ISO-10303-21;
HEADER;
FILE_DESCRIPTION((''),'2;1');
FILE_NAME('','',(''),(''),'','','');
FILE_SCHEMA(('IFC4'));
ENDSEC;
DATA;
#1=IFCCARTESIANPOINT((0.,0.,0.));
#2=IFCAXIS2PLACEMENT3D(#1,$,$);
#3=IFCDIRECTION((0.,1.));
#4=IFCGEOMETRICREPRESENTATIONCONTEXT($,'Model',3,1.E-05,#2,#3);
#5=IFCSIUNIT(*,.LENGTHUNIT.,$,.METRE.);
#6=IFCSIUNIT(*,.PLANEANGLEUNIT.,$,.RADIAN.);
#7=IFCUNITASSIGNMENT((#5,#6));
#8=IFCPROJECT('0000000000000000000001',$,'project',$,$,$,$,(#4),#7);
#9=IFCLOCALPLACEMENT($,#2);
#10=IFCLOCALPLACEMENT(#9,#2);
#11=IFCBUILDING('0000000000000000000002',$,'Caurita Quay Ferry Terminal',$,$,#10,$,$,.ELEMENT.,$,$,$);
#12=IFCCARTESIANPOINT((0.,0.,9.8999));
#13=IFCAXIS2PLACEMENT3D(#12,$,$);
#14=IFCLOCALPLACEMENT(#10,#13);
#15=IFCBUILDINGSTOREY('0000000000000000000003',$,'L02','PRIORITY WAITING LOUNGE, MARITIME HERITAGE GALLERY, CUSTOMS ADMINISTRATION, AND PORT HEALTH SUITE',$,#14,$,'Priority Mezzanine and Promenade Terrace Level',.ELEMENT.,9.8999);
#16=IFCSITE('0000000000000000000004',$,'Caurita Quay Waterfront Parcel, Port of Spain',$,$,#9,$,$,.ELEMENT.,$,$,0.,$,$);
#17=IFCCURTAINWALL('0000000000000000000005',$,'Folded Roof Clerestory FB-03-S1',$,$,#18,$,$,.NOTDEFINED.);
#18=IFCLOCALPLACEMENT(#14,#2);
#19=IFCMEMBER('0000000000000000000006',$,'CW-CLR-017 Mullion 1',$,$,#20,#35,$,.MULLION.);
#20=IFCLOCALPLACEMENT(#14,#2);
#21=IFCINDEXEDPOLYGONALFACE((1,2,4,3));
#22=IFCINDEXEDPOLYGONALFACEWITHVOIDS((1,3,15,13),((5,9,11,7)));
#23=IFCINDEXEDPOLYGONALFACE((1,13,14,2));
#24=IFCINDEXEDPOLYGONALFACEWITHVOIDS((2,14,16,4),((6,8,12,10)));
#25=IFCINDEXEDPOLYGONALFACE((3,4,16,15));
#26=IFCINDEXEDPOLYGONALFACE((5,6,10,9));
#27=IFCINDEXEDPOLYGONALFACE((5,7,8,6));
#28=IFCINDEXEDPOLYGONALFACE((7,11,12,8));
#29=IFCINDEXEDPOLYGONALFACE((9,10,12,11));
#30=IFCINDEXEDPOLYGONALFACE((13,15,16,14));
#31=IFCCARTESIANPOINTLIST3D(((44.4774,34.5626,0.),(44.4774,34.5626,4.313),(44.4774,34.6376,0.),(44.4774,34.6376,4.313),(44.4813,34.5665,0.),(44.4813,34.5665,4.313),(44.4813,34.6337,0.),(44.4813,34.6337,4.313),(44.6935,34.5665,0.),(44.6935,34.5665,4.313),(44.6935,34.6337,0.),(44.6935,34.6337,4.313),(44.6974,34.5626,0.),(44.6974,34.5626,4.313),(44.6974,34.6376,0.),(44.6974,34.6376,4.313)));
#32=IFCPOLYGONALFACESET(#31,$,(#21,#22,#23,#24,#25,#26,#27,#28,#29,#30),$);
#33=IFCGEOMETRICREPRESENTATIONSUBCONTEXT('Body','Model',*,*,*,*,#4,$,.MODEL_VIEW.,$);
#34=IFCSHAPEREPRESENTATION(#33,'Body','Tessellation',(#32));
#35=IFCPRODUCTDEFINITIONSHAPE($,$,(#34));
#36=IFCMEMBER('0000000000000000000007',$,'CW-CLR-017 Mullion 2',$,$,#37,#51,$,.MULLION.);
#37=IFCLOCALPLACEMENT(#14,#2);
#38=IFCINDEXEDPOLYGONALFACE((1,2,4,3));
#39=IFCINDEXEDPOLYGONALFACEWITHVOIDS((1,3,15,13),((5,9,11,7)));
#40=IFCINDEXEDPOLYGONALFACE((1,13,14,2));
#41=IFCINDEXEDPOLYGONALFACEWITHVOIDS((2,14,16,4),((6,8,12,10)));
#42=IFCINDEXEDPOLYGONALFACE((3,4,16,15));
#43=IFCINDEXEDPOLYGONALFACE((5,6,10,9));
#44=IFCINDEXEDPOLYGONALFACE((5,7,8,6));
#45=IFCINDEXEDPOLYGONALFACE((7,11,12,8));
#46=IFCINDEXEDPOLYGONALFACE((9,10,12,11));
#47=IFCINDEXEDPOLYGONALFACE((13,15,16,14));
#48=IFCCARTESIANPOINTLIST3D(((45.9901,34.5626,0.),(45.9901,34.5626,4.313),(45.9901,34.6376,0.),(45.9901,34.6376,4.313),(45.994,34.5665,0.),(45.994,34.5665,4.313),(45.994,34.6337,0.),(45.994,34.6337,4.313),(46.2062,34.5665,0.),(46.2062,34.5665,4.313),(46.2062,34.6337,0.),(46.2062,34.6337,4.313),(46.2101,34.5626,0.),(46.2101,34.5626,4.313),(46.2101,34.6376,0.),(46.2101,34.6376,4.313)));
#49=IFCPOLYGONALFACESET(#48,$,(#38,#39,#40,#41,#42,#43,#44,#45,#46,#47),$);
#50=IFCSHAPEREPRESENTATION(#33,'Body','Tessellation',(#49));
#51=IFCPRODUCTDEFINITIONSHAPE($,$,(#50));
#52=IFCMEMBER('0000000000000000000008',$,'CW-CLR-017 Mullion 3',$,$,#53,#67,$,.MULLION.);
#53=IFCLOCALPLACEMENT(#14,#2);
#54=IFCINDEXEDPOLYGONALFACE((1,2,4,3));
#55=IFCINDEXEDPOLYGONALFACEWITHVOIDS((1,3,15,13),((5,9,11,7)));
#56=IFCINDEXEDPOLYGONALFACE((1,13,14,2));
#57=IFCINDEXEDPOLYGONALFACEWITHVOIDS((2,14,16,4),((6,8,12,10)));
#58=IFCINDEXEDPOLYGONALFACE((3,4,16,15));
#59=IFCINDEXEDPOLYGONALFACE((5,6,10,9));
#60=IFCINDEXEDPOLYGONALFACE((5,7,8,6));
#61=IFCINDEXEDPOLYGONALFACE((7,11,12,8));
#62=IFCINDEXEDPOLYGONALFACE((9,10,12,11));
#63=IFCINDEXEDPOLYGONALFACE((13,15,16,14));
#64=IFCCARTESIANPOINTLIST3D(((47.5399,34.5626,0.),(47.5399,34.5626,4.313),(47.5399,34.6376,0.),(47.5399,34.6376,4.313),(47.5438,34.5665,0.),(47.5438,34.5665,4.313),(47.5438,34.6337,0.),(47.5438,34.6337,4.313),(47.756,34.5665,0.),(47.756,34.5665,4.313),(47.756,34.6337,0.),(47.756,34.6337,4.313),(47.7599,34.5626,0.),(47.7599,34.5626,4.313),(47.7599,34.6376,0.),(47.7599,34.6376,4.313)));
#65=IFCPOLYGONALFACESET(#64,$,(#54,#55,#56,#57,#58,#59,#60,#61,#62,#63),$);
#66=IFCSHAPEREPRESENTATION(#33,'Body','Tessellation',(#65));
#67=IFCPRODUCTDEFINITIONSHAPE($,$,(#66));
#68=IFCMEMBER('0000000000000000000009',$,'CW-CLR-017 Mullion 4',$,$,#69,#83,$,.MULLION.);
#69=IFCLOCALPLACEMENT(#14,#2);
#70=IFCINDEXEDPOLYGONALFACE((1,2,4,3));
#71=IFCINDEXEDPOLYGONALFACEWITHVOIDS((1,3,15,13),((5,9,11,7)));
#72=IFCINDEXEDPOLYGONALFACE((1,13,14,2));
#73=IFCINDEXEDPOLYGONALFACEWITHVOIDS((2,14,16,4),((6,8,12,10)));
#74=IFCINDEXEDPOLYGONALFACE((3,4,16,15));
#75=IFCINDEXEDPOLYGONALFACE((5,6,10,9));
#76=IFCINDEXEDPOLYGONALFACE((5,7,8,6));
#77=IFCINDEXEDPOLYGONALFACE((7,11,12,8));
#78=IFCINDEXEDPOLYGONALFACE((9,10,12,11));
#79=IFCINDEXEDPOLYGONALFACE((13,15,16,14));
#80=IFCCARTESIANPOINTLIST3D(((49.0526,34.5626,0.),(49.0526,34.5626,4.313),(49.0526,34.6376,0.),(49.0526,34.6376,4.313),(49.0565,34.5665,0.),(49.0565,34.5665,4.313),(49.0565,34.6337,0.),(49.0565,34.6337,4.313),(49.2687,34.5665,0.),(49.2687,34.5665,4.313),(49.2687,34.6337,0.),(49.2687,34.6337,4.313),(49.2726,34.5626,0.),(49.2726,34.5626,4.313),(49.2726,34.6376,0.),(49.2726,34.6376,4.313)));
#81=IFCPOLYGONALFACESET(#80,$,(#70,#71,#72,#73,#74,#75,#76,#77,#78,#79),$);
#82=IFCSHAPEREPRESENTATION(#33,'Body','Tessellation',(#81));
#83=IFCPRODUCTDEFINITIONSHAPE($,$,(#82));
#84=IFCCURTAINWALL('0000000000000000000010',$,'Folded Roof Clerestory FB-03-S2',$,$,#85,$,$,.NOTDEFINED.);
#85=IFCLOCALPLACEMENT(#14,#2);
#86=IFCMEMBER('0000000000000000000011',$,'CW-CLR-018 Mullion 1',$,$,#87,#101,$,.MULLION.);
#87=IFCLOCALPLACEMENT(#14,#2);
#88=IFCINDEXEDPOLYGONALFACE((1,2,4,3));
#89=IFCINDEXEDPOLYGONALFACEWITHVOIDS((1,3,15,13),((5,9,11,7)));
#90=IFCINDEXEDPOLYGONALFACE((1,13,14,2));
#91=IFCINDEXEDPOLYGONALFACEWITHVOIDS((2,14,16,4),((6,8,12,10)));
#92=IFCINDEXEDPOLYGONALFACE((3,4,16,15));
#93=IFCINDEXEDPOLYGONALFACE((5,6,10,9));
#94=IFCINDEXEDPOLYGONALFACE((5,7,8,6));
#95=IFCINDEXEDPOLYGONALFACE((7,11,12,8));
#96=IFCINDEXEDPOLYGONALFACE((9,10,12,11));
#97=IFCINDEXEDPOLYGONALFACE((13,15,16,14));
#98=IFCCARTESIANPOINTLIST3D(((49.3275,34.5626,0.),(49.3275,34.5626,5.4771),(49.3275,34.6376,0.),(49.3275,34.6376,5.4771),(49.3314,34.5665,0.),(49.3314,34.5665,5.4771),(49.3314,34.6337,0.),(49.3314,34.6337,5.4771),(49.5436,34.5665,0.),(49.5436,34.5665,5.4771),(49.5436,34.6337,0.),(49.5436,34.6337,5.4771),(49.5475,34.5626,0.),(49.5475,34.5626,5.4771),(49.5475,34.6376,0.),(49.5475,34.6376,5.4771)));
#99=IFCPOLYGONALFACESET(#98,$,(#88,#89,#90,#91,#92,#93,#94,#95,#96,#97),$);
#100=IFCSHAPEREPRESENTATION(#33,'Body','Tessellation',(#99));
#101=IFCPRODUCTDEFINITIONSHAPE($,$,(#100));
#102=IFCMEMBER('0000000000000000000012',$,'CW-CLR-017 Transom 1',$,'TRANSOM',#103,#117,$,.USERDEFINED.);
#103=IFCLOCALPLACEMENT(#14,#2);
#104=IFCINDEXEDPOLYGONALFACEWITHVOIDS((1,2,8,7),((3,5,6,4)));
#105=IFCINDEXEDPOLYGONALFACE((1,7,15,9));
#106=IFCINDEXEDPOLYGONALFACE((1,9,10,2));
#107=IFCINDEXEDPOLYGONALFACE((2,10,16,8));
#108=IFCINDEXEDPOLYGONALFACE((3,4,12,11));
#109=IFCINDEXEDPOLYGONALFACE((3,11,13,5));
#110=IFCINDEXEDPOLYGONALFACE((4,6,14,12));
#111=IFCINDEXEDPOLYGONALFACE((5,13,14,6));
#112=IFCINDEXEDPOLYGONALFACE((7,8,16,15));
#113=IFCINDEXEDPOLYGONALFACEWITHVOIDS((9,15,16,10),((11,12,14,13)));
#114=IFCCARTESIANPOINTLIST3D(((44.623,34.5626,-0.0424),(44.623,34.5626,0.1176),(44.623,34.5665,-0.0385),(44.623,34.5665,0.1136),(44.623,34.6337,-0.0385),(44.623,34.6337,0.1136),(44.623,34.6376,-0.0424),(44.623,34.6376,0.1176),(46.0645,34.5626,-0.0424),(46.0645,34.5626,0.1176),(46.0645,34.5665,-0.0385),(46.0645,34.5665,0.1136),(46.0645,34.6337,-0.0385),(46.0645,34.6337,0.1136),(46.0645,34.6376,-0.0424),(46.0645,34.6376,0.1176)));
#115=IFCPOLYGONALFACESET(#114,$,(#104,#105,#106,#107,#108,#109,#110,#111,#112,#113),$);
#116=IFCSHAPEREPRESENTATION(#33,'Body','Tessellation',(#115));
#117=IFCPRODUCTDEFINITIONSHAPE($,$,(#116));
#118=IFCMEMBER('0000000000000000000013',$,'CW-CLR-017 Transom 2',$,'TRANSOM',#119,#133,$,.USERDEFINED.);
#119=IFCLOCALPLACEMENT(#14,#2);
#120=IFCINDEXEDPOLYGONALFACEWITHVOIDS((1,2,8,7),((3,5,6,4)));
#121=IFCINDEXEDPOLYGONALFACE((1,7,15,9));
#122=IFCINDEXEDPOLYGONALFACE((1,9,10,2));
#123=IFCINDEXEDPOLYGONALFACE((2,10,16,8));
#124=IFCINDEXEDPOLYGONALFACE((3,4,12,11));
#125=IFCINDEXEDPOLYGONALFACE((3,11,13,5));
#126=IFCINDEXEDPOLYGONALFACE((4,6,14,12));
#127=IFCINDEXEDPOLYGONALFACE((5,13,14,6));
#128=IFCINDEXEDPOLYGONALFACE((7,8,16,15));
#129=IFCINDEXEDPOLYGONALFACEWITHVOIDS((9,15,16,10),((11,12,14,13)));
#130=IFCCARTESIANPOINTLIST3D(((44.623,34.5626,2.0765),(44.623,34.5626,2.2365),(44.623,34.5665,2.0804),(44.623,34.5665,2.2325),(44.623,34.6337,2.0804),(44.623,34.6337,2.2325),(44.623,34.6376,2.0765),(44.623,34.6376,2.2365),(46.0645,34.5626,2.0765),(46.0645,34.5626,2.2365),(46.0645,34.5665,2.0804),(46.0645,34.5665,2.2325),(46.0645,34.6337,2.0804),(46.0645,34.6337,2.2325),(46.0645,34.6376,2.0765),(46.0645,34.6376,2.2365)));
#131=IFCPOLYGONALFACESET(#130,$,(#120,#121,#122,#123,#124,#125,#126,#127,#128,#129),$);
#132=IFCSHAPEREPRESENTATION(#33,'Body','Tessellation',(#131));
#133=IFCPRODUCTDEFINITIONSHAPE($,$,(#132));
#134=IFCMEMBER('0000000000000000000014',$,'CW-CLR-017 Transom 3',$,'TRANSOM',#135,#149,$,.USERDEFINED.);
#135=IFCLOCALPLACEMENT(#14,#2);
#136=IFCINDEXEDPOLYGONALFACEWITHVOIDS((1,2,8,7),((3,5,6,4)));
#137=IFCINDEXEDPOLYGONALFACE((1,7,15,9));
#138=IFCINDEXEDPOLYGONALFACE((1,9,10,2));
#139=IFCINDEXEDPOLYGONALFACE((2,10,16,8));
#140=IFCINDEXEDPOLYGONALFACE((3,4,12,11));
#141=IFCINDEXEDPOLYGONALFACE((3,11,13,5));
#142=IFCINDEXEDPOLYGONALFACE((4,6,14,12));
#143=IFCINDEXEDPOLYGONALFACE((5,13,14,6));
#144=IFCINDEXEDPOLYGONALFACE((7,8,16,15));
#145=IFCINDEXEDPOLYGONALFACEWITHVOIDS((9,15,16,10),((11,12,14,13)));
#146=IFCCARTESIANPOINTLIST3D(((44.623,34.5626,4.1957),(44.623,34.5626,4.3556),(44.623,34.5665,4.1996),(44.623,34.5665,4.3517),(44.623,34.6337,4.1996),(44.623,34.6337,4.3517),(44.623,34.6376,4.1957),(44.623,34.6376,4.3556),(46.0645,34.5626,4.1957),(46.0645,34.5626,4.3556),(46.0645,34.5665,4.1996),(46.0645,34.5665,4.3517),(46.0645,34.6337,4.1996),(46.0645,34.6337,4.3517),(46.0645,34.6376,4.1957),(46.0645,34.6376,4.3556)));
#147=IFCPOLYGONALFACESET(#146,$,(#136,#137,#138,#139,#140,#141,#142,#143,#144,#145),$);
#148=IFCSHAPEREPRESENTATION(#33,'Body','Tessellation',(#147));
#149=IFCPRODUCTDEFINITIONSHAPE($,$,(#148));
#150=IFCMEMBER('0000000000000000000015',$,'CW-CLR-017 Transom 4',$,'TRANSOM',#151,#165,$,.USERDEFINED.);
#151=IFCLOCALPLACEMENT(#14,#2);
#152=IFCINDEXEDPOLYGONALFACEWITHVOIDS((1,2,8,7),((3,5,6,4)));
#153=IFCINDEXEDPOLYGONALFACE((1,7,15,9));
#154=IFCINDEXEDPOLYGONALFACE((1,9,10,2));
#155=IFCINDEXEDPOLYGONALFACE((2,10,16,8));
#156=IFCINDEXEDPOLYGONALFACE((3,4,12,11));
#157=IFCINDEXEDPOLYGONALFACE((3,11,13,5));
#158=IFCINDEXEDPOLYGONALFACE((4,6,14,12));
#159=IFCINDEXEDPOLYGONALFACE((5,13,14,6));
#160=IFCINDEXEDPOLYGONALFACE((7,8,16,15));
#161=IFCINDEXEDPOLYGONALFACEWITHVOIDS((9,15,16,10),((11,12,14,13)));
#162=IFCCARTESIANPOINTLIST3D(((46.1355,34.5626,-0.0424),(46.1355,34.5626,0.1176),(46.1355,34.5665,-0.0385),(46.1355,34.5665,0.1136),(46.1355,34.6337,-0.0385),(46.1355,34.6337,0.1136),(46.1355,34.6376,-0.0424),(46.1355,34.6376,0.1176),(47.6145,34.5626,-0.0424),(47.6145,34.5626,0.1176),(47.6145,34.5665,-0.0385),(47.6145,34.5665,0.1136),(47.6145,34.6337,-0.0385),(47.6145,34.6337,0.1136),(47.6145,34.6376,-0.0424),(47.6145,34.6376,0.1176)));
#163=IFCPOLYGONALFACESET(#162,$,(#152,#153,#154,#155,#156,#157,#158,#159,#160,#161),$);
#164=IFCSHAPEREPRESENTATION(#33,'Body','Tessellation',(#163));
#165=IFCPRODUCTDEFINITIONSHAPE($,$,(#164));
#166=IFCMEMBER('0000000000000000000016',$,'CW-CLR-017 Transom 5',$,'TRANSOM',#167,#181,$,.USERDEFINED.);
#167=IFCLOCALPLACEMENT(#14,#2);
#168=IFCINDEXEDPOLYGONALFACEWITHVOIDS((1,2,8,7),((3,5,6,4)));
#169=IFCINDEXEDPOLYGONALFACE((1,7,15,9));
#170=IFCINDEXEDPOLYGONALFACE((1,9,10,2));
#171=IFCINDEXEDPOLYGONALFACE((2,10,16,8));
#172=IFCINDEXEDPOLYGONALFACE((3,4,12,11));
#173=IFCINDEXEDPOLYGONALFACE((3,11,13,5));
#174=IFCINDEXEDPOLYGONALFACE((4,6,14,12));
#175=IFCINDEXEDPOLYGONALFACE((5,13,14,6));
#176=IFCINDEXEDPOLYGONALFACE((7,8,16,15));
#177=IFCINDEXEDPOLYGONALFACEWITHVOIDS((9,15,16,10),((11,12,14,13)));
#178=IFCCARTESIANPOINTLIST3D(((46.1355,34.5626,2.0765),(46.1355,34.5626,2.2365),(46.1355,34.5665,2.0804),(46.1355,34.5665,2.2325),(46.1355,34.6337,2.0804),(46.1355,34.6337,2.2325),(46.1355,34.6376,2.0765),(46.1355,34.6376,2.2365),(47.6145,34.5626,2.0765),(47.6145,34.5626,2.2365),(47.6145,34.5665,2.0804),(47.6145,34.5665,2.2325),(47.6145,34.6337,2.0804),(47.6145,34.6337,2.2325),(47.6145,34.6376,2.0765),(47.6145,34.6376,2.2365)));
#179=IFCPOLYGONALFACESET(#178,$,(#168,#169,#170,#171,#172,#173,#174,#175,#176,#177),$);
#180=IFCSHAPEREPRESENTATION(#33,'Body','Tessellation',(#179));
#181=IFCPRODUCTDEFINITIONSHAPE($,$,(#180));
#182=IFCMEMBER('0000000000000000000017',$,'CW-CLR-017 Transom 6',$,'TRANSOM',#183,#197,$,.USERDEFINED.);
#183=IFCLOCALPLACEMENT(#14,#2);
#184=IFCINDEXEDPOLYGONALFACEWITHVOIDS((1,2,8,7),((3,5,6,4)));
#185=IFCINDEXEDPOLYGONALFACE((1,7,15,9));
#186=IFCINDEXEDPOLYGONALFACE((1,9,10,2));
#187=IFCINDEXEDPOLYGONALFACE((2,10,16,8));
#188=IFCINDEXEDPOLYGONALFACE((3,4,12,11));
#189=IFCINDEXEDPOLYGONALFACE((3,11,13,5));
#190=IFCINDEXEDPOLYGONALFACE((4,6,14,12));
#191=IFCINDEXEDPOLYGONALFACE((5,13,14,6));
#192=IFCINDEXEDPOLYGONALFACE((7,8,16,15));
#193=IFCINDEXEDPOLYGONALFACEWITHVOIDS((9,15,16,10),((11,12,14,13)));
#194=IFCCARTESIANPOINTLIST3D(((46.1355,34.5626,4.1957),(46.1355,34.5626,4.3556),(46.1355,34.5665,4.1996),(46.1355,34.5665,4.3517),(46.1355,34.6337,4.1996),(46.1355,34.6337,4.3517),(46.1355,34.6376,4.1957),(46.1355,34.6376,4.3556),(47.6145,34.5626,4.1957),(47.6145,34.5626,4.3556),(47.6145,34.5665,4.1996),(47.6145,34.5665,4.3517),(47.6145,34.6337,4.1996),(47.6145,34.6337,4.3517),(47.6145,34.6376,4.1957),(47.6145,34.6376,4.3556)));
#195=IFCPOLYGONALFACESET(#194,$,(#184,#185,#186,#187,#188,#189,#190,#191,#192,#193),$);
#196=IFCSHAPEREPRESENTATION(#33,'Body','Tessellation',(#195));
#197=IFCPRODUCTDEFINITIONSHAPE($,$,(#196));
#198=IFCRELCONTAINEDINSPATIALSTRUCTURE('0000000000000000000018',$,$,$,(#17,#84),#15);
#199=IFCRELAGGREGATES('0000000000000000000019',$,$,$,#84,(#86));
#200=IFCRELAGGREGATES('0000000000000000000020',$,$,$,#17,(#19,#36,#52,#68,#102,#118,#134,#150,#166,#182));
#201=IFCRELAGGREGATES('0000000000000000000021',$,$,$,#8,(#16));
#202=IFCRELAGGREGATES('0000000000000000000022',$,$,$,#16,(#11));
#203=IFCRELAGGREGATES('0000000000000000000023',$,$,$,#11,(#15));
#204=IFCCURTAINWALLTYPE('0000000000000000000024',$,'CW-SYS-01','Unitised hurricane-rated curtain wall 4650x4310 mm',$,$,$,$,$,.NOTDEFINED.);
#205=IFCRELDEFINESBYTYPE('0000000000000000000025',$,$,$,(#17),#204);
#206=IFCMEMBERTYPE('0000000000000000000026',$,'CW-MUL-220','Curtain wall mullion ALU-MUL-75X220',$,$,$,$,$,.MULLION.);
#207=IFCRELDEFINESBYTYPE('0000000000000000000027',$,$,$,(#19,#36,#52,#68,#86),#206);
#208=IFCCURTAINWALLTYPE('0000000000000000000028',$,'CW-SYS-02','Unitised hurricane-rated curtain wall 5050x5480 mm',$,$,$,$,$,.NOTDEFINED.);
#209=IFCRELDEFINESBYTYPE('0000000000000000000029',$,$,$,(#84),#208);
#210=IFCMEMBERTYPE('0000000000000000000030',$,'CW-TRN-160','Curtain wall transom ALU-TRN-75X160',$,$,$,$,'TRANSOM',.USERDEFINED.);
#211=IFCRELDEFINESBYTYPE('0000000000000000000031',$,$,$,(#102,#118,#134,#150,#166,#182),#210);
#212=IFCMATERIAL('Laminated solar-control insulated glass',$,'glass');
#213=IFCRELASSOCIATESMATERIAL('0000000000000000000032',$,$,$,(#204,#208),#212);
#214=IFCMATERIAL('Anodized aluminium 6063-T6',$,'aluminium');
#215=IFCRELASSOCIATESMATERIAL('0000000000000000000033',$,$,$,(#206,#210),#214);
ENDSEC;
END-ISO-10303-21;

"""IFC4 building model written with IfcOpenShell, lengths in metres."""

from ifc_helpers import new_model, si_unit, direction, frame, origin, origin_2d, place, context, subcontext, project, spatial, hollow_rectangle, extrude, material, material_profile, profile_set, type_object, element, aggregate, save


model = new_model("IFC4")

# Units and contexts
model_context = context("Model", 3, precision=1e-05, world=origin(), true_north=direction((0.0, 1.0)))
body_context = subcontext(model_context, "Body", "Model", "MODEL_VIEW")
ifc_project = project(units=[si_unit("LENGTHUNIT", "METRE"), si_unit("PLANEANGLEUNIT", "RADIAN")], contexts=[model_context])

# Site, building, storey
site_placement = place(None, origin())
site = spatial("IfcSite", under=ifc_project, at=site_placement, Name="Caurita Quay Waterfront Parcel, Port of Spain", CompositionType="ELEMENT", RefElevation=0.0)
building_placement = place(site_placement, origin())
building = spatial("IfcBuilding", under=site, at=building_placement, Name="Caurita Quay Ferry Terminal", CompositionType="ELEMENT")
storey_placement = place(building_placement, frame((0.0, 0.0, 9.8999)))
storey = spatial("IfcBuildingStorey", under=building, at=storey_placement, Name="L02", Description="PRIORITY WAITING LOUNGE, MARITIME HERITAGE GALLERY, CUSTOMS ADMINISTRATION, AND PORT HEALTH SUITE", LongName="Priority Mezzanine and Promenade Terrace Level", CompositionType="ELEMENT", Elevation=9.8999)

# Curtain wall, members
ifc_material_1 = material(Name="Laminated solar-control insulated glass", Category="glass")
curtain_wall_type_1 = type_object("IfcCurtainWallType", Name="CW-SYS-01", Description="Unitised hurricane-rated curtain wall 4650x4310 mm", PredefinedType="NOTDEFINED", material=ifc_material_1)
curtain_wall_1_placement = place(storey_placement, origin())
curtain_wall_1 = element("IfcCurtainWall", 1, at=curtain_wall_1_placement, inside=storey, type_object=curtain_wall_type_1, Name="Folded Roof Clerestory FB-03-S1", PredefinedType="NOTDEFINED")
ifc_material_2 = material(Name="Anodized aluminium 6063-T6", Category="aluminium")
ifc_material_profile_1 = material_profile(ifc_material_2, hollow_rectangle(XDim=0.075, YDim=0.22, WallThickness=0.0039, at=origin_2d()), Name="ALU-MUL-75X220")
ifc_profile_set_1 = profile_set([ifc_material_profile_1], Name="Anodized aluminium 6063-T6")
member_type_1 = type_object("IfcMemberType", Name="CW-MUL-220", Description="Curtain wall mullion ALU-MUL-75X220", PredefinedType="MULLION", material=ifc_profile_set_1)
member_1_placement = place(storey_placement, frame((44.5874, 34.6001, 0.0), z_axis=(0.0, 0.0, 1.0), x_axis=(0.0, 1.0, 0.0)))
member_1 = element("IfcMember", 2, at=member_1_placement, type_object=member_type_1, Name="CW-CLR-017 Mullion 1", PredefinedType="MULLION", context=body_context, shape_type="SweptSolid", body=[
    extrude(hollow_rectangle(XDim=0.075, YDim=0.22, WallThickness=0.0039, at=origin_2d()), origin(), (0.0, 0.0, 1.0), 4.313),
])
member_2_placement = place(storey_placement, frame((46.1001, 34.6001, 0.0), z_axis=(0.0, 0.0, 1.0), x_axis=(0.0, 1.0, 0.0)))
member_2 = element("IfcMember", 3, at=member_2_placement, type_object=member_type_1, Name="CW-CLR-017 Mullion 2", PredefinedType="MULLION", context=body_context, shape_type="SweptSolid", body=[
    extrude(hollow_rectangle(XDim=0.075, YDim=0.22, WallThickness=0.0039, at=origin_2d()), origin(), (0.0, 0.0, 1.0), 4.313),
])
member_3_placement = place(storey_placement, frame((47.6499, 34.6001, 0.0), z_axis=(0.0, 0.0, 1.0), x_axis=(0.0, 1.0, 0.0)))
member_3 = element("IfcMember", 4, at=member_3_placement, type_object=member_type_1, Name="CW-CLR-017 Mullion 3", PredefinedType="MULLION", context=body_context, shape_type="SweptSolid", body=[
    extrude(hollow_rectangle(XDim=0.075, YDim=0.22, WallThickness=0.0039, at=origin_2d()), origin(), (0.0, 0.0, 1.0), 4.313),
])
member_4_placement = place(storey_placement, frame((49.1626, 34.6001, 0.0), z_axis=(0.0, 0.0, 1.0), x_axis=(0.0, 1.0, 0.0)))
member_4 = element("IfcMember", 5, at=member_4_placement, type_object=member_type_1, Name="CW-CLR-017 Mullion 4", PredefinedType="MULLION", context=body_context, shape_type="SweptSolid", body=[
    extrude(hollow_rectangle(XDim=0.075, YDim=0.22, WallThickness=0.0039, at=origin_2d()), origin(), (0.0, 0.0, 1.0), 4.313),
])

# Curtain wall, member
curtain_wall_type_2 = type_object("IfcCurtainWallType", Name="CW-SYS-02", Description="Unitised hurricane-rated curtain wall 5050x5480 mm", PredefinedType="NOTDEFINED", material=ifc_material_1)
curtain_wall_2_placement = place(storey_placement, origin())
curtain_wall_2 = element("IfcCurtainWall", 6, at=curtain_wall_2_placement, inside=storey, type_object=curtain_wall_type_2, Name="Folded Roof Clerestory FB-03-S2", PredefinedType="NOTDEFINED")
member_5_placement = place(storey_placement, frame((49.4375, 34.6001, 0.0), z_axis=(0.0, 0.0, 1.0), x_axis=(0.0, 1.0, 0.0)))
member_5 = element("IfcMember", 7, at=member_5_placement, type_object=member_type_1, Name="CW-CLR-018 Mullion 1", PredefinedType="MULLION", context=body_context, shape_type="SweptSolid", body=[
    extrude(hollow_rectangle(XDim=0.075, YDim=0.22, WallThickness=0.0039, at=origin_2d()), origin(), (0.0, 0.0, 1.0), 5.4771),
])

# Members
ifc_material_profile_2 = material_profile(ifc_material_2, hollow_rectangle(XDim=0.075, YDim=0.1599, WallThickness=0.0039, at=origin_2d()), Name="ALU-TRN-75X160")
ifc_profile_set_2 = profile_set([ifc_material_profile_2], Name="Anodized aluminium 6063-T6")
member_type_2 = type_object("IfcMemberType", Name="CW-TRN-160", Description="Curtain wall transom ALU-TRN-75X160", ElementType="TRANSOM", PredefinedType="USERDEFINED", material=ifc_profile_set_2)
member_6_placement = place(storey_placement, frame((44.623, 34.6001, 0.0376), z_axis=(1.0, 0.0, 0.0), x_axis=(0.0, 1.0, 0.0)))
member_6 = element("IfcMember", 8, at=member_6_placement, type_object=member_type_2, Name="CW-CLR-017 Transom 1", ObjectType="TRANSOM", PredefinedType="USERDEFINED", context=body_context, shape_type="SweptSolid", body=[
    extrude(hollow_rectangle(XDim=0.075, YDim=0.1599, WallThickness=0.0039, at=origin_2d()), origin(), (0.0, 0.0, 1.0), 1.4414),
])
member_7_placement = place(storey_placement, frame((44.623, 34.6001, 2.1565), z_axis=(1.0, 0.0, 0.0), x_axis=(0.0, 1.0, 0.0)))
member_7 = element("IfcMember", 9, at=member_7_placement, type_object=member_type_2, Name="CW-CLR-017 Transom 2", ObjectType="TRANSOM", PredefinedType="USERDEFINED", context=body_context, shape_type="SweptSolid", body=[
    extrude(hollow_rectangle(XDim=0.075, YDim=0.1599, WallThickness=0.0039, at=origin_2d()), origin(), (0.0, 0.0, 1.0), 1.4414),
])
member_8_placement = place(storey_placement, frame((44.623, 34.6001, 4.2756), z_axis=(1.0, 0.0, 0.0), x_axis=(0.0, 1.0, 0.0)))
member_8 = element("IfcMember", 10, at=member_8_placement, type_object=member_type_2, Name="CW-CLR-017 Transom 3", ObjectType="TRANSOM", PredefinedType="USERDEFINED", context=body_context, shape_type="SweptSolid", body=[
    extrude(hollow_rectangle(XDim=0.075, YDim=0.1599, WallThickness=0.0039, at=origin_2d()), origin(), (0.0, 0.0, 1.0), 1.4414),
])
member_9_placement = place(storey_placement, frame((46.1355, 34.6001, 0.0376), z_axis=(1.0, 0.0, 0.0), x_axis=(0.0, 1.0, 0.0)))
member_9 = element("IfcMember", 11, at=member_9_placement, type_object=member_type_2, Name="CW-CLR-017 Transom 4", ObjectType="TRANSOM", PredefinedType="USERDEFINED", context=body_context, shape_type="SweptSolid", body=[
    extrude(hollow_rectangle(XDim=0.075, YDim=0.1599, WallThickness=0.0039, at=origin_2d()), origin(), (0.0, 0.0, 1.0), 1.479),
])
member_10_placement = place(storey_placement, frame((46.1355, 34.6001, 2.1565), z_axis=(1.0, 0.0, 0.0), x_axis=(0.0, 1.0, 0.0)))
member_10 = element("IfcMember", 12, at=member_10_placement, type_object=member_type_2, Name="CW-CLR-017 Transom 5", ObjectType="TRANSOM", PredefinedType="USERDEFINED", context=body_context, shape_type="SweptSolid", body=[
    extrude(hollow_rectangle(XDim=0.075, YDim=0.1599, WallThickness=0.0039, at=origin_2d()), origin(), (0.0, 0.0, 1.0), 1.479),
])
member_11_placement = place(storey_placement, frame((46.1355, 34.6001, 4.2756), z_axis=(1.0, 0.0, 0.0), x_axis=(0.0, 1.0, 0.0)))
member_11 = element("IfcMember", 13, at=member_11_placement, type_object=member_type_2, Name="CW-CLR-017 Transom 6", ObjectType="TRANSOM", PredefinedType="USERDEFINED", context=body_context, shape_type="SweptSolid", body=[
    extrude(hollow_rectangle(XDim=0.075, YDim=0.1599, WallThickness=0.0039, at=origin_2d()), origin(), (0.0, 0.0, 1.0), 1.479),
])
aggregate(curtain_wall_2, [member_5])

aggregate(curtain_wall_1, [member_1, member_2, member_3, member_4, member_6, member_7, member_8, member_9, member_10, member_11])

save(model, "model.ifc")
